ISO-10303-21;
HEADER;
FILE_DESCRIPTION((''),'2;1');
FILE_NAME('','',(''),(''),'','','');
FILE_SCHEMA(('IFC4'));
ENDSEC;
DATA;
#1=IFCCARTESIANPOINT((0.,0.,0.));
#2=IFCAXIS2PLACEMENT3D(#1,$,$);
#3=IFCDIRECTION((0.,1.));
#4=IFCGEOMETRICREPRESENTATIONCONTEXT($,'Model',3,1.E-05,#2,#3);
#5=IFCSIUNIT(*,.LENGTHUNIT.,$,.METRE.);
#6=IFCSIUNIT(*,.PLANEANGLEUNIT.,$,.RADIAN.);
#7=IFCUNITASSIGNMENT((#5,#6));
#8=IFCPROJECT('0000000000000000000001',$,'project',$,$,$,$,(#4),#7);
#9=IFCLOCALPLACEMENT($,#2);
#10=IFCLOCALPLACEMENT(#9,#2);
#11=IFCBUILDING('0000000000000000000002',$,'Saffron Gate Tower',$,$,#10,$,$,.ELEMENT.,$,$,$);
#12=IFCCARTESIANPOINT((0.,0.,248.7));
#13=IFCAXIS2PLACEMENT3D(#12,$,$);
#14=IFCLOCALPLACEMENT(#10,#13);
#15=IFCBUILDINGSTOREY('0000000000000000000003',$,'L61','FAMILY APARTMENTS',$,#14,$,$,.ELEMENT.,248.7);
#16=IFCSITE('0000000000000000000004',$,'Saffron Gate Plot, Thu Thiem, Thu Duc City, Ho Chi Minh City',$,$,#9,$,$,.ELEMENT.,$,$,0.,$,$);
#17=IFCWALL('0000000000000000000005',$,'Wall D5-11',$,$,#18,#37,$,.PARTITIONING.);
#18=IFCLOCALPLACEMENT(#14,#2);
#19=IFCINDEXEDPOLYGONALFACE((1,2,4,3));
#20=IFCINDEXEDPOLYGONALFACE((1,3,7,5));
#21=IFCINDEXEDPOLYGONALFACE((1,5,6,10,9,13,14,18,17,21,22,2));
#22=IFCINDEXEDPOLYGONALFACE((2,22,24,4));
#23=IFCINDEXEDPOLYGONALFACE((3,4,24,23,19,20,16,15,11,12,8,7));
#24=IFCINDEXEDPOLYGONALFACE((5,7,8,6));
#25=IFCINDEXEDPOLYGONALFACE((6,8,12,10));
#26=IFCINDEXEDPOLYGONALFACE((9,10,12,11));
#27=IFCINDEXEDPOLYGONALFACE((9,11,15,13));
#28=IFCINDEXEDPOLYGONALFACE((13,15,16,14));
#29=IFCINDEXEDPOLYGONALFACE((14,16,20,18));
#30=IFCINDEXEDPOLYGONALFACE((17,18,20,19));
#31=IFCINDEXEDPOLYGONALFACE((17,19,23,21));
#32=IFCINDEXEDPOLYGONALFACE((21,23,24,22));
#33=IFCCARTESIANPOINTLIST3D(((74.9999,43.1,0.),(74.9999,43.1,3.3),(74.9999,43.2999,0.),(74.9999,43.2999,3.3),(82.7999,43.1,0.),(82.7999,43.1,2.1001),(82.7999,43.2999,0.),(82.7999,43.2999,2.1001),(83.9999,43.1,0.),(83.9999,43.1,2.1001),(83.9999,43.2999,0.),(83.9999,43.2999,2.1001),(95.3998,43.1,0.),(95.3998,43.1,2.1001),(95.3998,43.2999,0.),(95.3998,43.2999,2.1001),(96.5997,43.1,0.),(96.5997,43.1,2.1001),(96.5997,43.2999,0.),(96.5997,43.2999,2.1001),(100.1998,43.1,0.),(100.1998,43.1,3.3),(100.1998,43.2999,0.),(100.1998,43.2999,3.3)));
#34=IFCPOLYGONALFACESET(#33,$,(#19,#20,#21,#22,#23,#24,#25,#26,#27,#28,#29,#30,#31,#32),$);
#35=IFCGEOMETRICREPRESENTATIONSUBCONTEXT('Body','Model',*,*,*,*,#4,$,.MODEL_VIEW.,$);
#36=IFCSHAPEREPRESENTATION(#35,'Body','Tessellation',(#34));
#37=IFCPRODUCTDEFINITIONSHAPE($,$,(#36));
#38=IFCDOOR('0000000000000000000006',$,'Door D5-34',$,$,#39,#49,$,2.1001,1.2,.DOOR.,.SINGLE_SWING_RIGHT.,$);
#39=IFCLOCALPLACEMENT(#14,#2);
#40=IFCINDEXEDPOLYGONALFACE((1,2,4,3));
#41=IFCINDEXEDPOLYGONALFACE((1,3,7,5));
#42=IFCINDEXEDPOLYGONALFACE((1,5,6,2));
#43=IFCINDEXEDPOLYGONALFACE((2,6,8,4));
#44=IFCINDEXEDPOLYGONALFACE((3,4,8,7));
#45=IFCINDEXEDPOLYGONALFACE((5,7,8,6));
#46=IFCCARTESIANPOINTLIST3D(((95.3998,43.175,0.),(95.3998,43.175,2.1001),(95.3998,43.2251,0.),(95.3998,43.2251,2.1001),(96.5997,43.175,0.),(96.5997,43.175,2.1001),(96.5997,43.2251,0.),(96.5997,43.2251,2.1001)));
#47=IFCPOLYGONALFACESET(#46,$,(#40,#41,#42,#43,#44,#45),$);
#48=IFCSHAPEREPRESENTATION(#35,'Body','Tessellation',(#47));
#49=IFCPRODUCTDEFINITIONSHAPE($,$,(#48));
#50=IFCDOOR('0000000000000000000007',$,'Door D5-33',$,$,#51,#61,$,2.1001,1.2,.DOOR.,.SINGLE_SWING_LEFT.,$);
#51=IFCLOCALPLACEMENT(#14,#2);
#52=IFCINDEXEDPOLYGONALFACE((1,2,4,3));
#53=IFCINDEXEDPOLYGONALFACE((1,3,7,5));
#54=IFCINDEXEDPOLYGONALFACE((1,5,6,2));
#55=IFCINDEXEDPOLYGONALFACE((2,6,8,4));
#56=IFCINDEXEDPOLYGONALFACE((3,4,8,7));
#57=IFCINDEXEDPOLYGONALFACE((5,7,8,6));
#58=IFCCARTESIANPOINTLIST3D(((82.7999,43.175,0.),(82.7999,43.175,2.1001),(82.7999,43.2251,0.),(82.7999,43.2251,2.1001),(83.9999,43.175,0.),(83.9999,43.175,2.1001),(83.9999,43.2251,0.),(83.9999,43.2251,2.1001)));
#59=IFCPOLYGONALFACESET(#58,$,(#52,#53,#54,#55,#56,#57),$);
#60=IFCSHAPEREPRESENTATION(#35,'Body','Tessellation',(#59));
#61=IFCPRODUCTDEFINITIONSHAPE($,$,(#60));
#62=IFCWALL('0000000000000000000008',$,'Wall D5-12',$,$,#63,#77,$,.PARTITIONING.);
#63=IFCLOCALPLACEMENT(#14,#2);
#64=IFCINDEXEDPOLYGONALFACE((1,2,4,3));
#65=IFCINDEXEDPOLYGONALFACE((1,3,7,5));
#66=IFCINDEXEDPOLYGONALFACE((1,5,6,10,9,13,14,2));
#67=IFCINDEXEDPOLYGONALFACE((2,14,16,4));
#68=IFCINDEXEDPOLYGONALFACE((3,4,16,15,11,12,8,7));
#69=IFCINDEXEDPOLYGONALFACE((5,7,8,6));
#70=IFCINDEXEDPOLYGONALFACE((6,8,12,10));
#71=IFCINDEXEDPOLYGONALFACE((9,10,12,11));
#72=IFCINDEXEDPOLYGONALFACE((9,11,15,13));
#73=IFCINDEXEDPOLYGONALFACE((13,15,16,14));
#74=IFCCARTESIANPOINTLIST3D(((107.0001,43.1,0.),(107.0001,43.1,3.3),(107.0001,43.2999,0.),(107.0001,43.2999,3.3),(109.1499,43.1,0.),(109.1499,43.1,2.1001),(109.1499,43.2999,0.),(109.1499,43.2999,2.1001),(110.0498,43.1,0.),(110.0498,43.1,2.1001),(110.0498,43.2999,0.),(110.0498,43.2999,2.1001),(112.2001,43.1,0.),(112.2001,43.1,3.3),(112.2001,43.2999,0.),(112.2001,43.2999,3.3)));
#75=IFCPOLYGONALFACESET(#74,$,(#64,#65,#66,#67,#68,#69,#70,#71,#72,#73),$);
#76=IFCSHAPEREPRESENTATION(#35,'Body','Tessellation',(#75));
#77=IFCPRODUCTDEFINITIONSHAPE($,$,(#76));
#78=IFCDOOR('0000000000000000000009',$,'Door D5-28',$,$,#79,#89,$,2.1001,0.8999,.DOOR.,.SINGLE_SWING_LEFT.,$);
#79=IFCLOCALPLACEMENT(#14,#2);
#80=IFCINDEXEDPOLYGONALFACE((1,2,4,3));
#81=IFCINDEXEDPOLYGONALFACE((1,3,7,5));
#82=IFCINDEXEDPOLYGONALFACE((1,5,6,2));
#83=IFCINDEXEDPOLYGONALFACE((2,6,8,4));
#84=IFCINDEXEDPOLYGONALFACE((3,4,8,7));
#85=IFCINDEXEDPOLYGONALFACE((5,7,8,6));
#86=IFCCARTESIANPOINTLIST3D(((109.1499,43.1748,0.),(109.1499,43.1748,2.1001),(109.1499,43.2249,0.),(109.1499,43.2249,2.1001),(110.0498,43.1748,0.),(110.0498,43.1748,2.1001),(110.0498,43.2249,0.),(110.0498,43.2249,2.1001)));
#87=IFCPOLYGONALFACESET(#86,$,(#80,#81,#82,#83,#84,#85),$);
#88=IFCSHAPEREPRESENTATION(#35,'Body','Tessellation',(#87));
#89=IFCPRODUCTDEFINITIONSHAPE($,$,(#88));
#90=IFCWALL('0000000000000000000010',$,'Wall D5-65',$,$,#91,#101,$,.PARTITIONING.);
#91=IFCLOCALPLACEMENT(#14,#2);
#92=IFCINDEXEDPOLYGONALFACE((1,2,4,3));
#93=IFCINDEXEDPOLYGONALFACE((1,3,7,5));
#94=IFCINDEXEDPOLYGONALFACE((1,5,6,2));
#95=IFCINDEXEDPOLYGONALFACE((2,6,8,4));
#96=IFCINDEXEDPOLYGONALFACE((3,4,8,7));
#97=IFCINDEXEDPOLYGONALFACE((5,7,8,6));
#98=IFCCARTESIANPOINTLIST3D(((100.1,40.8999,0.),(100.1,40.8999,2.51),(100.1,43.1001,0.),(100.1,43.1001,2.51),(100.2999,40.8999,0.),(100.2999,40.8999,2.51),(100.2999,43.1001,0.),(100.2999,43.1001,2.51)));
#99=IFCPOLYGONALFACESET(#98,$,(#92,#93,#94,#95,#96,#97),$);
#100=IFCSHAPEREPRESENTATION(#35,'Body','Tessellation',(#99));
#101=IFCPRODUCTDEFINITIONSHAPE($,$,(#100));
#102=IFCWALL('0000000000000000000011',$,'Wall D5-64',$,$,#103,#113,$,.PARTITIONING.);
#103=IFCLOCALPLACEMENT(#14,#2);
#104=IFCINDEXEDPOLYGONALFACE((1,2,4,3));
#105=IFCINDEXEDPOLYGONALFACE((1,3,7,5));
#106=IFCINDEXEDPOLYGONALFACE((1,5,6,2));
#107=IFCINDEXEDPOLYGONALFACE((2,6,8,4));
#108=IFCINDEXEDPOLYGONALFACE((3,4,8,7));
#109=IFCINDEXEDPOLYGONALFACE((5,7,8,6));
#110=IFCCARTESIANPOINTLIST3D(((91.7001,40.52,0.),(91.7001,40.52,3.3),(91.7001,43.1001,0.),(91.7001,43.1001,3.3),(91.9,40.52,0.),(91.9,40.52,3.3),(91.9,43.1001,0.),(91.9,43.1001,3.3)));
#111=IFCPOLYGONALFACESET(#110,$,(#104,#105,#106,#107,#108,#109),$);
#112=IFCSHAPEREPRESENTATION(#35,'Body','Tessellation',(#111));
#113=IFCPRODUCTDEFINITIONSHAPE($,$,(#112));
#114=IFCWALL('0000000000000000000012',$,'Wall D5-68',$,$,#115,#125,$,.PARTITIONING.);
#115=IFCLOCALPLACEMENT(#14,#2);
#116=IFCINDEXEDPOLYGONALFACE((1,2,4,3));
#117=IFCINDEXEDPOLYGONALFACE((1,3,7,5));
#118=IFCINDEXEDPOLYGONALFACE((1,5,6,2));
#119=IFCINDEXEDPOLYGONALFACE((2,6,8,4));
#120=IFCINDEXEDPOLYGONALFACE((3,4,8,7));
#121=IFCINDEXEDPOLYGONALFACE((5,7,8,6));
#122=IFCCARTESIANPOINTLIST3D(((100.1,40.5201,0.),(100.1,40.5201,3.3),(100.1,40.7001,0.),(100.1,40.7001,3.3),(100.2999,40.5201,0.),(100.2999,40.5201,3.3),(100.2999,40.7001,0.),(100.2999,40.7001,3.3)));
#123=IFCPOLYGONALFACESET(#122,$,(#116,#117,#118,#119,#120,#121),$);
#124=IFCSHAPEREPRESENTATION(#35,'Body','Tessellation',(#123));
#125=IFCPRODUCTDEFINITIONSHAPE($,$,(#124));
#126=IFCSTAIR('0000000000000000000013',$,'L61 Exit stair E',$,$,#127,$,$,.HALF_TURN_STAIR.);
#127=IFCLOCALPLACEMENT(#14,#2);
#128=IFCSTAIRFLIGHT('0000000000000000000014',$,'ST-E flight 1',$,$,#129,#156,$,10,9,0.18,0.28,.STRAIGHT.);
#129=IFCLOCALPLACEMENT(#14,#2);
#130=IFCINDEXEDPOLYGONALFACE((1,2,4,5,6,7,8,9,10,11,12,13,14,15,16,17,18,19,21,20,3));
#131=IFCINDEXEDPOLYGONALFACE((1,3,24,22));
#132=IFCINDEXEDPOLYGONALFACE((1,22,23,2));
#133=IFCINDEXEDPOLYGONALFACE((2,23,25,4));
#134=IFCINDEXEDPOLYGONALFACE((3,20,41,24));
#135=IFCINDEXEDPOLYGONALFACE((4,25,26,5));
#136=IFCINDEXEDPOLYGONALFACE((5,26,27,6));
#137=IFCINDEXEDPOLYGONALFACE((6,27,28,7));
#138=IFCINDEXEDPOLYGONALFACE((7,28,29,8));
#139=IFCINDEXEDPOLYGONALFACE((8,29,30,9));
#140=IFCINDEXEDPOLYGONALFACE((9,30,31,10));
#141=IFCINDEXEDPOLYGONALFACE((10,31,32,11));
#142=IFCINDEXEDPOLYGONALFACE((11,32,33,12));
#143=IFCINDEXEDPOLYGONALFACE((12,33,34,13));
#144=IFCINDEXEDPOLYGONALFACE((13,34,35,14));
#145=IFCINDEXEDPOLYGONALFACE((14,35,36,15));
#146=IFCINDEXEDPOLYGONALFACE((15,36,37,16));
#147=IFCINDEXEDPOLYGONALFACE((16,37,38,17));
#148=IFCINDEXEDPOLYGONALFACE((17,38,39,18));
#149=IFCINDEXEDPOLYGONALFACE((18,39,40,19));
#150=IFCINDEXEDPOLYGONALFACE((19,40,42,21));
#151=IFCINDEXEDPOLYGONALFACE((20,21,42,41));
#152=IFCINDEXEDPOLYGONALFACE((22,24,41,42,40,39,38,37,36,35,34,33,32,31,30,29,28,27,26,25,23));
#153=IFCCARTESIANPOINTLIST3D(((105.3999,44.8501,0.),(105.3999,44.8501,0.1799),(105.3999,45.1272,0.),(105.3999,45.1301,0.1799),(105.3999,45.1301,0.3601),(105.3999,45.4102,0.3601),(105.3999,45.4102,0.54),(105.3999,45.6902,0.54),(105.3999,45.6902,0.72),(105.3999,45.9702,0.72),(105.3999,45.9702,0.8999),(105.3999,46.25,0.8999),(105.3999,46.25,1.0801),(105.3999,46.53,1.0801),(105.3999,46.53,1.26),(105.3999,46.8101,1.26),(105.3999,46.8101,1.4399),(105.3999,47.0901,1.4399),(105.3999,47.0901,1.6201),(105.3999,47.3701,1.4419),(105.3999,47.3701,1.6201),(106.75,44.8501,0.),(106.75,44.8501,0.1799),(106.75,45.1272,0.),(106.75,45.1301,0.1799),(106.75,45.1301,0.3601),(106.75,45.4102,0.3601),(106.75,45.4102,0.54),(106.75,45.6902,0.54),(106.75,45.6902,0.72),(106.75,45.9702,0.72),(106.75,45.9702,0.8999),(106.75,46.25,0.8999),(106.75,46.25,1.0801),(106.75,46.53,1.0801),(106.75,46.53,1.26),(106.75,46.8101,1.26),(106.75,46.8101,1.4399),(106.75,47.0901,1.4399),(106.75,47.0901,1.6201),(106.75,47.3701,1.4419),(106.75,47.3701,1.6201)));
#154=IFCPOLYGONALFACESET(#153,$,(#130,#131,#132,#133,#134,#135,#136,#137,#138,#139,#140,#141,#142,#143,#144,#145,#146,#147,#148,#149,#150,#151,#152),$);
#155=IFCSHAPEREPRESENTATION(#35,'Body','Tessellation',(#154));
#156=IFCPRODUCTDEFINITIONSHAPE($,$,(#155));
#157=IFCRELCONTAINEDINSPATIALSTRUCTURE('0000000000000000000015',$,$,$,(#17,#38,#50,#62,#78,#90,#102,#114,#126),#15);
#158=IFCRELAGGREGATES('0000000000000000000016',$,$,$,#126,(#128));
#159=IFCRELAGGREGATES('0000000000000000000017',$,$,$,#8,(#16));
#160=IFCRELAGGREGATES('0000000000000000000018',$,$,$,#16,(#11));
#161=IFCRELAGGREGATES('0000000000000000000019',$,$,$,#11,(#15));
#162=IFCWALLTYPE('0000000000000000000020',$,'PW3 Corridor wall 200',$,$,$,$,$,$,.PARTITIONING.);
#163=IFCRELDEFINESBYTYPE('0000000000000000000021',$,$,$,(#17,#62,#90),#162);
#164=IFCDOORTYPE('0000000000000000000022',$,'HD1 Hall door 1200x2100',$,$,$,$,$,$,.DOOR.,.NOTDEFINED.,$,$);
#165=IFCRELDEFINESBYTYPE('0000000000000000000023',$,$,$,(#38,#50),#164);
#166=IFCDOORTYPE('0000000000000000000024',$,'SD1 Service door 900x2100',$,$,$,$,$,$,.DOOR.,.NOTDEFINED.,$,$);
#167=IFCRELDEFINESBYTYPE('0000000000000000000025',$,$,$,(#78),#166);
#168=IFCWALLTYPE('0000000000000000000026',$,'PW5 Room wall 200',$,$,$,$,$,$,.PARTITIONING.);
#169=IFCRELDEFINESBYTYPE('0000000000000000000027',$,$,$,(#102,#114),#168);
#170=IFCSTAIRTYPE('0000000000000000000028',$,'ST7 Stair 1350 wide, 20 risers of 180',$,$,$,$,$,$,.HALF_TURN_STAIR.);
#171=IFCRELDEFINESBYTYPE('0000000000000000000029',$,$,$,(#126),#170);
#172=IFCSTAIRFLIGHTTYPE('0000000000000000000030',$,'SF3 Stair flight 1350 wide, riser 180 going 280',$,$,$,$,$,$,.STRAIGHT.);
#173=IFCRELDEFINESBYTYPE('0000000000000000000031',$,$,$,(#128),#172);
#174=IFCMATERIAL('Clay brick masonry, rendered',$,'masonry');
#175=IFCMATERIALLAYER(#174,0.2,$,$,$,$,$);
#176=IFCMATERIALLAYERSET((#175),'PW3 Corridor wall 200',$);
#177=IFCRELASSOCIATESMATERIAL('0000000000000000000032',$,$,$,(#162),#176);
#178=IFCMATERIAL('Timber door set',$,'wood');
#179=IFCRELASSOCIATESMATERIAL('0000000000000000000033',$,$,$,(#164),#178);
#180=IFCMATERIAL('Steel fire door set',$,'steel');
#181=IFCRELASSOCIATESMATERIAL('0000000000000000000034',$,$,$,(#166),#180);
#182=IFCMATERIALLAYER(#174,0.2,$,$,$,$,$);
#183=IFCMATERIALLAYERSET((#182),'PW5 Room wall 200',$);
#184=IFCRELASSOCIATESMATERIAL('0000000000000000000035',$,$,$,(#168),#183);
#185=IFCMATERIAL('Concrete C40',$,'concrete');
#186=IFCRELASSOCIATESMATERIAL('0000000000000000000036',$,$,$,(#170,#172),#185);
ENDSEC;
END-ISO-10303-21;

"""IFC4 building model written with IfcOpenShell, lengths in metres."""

from ifc_helpers import new_model, si_unit, direction, frame, frame_2d, origin, place, context, subcontext, project, spatial, polyline, rectangle, outline, extrude, material, layer, layer_set, type_object, element, fill, aggregate, save


model = new_model("IFC4")

# Units and contexts
model_context = context("Model", 3, precision=1e-05, world=origin(), true_north=direction((0.0, 1.0)))
body_context = subcontext(model_context, "Body", "Model", "MODEL_VIEW")
ifc_project = project(units=[si_unit("LENGTHUNIT", "METRE"), si_unit("PLANEANGLEUNIT", "RADIAN")], contexts=[model_context])

# Site, building, storey
site_placement = place(None, origin())
site = spatial("IfcSite", under=ifc_project, at=site_placement, Name="Saffron Gate Plot, Thu Thiem, Thu Duc City, Ho Chi Minh City", CompositionType="ELEMENT", RefElevation=0.0)
building_placement = place(site_placement, origin())
building = spatial("IfcBuilding", under=site, at=building_placement, Name="Saffron Gate Tower", CompositionType="ELEMENT")
storey_placement = place(building_placement, frame((0.0, 0.0, 248.7)))
storey = spatial("IfcBuildingStorey", under=building, at=storey_placement, Name="L61", Description="FAMILY APARTMENTS", CompositionType="ELEMENT", Elevation=248.7)

# Shared definitions
ifc_material_1 = material(Name="Steel fire door set", Category="steel")

# Shared definitions
ifc_material_2 = material(Name="Clay brick masonry, rendered", Category="masonry")

# Wall, openings, doors
ifc_layer_1 = layer(ifc_material_2, 0.2)
ifc_layer_set_1 = layer_set([ifc_layer_1], Name="PW3 Corridor wall 200")
wall_type_1 = type_object("IfcWallType", Name="PW3 Corridor wall 200", PredefinedType="PARTITIONING", material=ifc_layer_set_1)
wall_1_placement = place(storey_placement, frame((100.2, 43.2, 0.0), z_axis=(0.0, 0.0, 1.0), x_axis=(-1.0, 0.0, 0.0)))
wall_1 = element("IfcWall", 1, at=wall_1_placement, inside=storey, type_object=wall_type_1, Name="Wall D5-11", PredefinedType="PARTITIONING", context=body_context, shape_type="SweptSolid", body=[
    extrude(rectangle(XDim=25.2, YDim=0.2, at=frame_2d((12.6001, 0.0))), origin(), (0.0, 0.0, 1.0), 3.3),
])
opening_1_placement = place(wall_1_placement, frame((3.6001, 0.0, 0.0)))
opening_1 = element("IfcOpeningElement", 2, at=opening_1_placement, cuts=wall_1, PredefinedType="OPENING", context=body_context, shape_type="SweptSolid", body=[
    extrude(rectangle(XDim=1.2, YDim=2.1001, at=frame_2d((0.6001, 1.05))), frame((0.0, 0.1099, 0.0), z_axis=(0.0, -1.0, 0.0), x_axis=(1.0, 0.0, 0.0)), (0.0, 0.0, 1.0), 0.22),
])
opening_2_placement = place(wall_1_placement, frame((16.2, 0.0, 0.0)))
opening_2 = element("IfcOpeningElement", 3, at=opening_2_placement, cuts=wall_1, PredefinedType="OPENING", context=body_context, shape_type="SweptSolid", body=[
    extrude(rectangle(XDim=1.2, YDim=2.1001, at=frame_2d((0.6001, 1.05))), frame((0.0, 0.1099, 0.0), z_axis=(0.0, -1.0, 0.0), x_axis=(1.0, 0.0, 0.0)), (0.0, 0.0, 1.0), 0.22),
])
ifc_material_3 = material(Name="Timber door set", Category="wood")
door_type_1 = type_object("IfcDoorType", Name="HD1 Hall door 1200x2100", OperationType="NOTDEFINED", PredefinedType="DOOR", material=ifc_material_3)
door_1_placement = place(opening_1_placement, origin())
door_1 = element("IfcDoor", 4, at=door_1_placement, inside=storey, type_object=door_type_1, Name="Door D5-34", OperationType="SINGLE_SWING_RIGHT", OverallHeight=2.1001, OverallWidth=1.2, PredefinedType="DOOR", context=body_context, shape_type="SweptSolid", body=[
    extrude(rectangle(XDim=1.2, YDim=2.1001, at=frame_2d((0.6001, 1.05))), frame((0.0, 0.0249, 0.0), z_axis=(0.0, -1.0, 0.0), x_axis=(1.0, 0.0, 0.0)), (0.0, 0.0, 1.0), 0.05),
])
fill(opening_1, door_1)
door_2_placement = place(opening_2_placement, origin())
door_2 = element("IfcDoor", 5, at=door_2_placement, inside=storey, type_object=door_type_1, Name="Door D5-33", OperationType="SINGLE_SWING_LEFT", OverallHeight=2.1001, OverallWidth=1.2, PredefinedType="DOOR", context=body_context, shape_type="SweptSolid", body=[
    extrude(rectangle(XDim=1.2, YDim=2.1001, at=frame_2d((0.6001, 1.05))), frame((0.0, 0.0249, 0.0), z_axis=(0.0, -1.0, 0.0), x_axis=(1.0, 0.0, 0.0)), (0.0, 0.0, 1.0), 0.05),
])
fill(opening_2, door_2)

# Wall, opening, door
wall_2_placement = place(storey_placement, frame((107.0, 43.2, 0.0), z_axis=(0.0, 0.0, 1.0), x_axis=(1.0, 0.0, 0.0)))
wall_2 = element("IfcWall", 6, at=wall_2_placement, inside=storey, type_object=wall_type_1, Name="Wall D5-12", PredefinedType="PARTITIONING", context=body_context, shape_type="SweptSolid", body=[
    extrude(rectangle(XDim=5.2, YDim=0.2, at=frame_2d((2.6001, 0.0))), origin(), (0.0, 0.0, 1.0), 3.3),
])
opening_3_placement = place(wall_2_placement, frame((2.1499, 0.0, 0.0)))
opening_3 = element("IfcOpeningElement", 7, at=opening_3_placement, cuts=wall_2, PredefinedType="OPENING", context=body_context, shape_type="SweptSolid", body=[
    extrude(rectangle(XDim=0.8999, YDim=2.1001, at=frame_2d((0.45, 1.05))), frame((0.0, 0.1099, 0.0), z_axis=(0.0, -1.0, 0.0), x_axis=(1.0, 0.0, 0.0)), (0.0, 0.0, 1.0), 0.22),
])
door_type_2 = type_object("IfcDoorType", Name="SD1 Service door 900x2100", OperationType="NOTDEFINED", PredefinedType="DOOR", material=ifc_material_1)
door_3_placement = place(opening_3_placement, origin())
door_3 = element("IfcDoor", 8, at=door_3_placement, inside=storey, type_object=door_type_2, Name="Door D5-28", OperationType="SINGLE_SWING_LEFT", OverallHeight=2.1001, OverallWidth=0.8999, PredefinedType="DOOR", context=body_context, shape_type="SweptSolid", body=[
    extrude(rectangle(XDim=0.8999, YDim=2.1001, at=frame_2d((0.45, 1.05))), frame((0.0, 0.0249, 0.0), z_axis=(0.0, -1.0, 0.0), x_axis=(1.0, 0.0, 0.0)), (0.0, 0.0, 1.0), 0.05),
])
fill(opening_3, door_3)

# Walls
wall_3_placement = place(storey_placement, frame((100.2, 43.1001, 0.0), z_axis=(0.0, 0.0, 1.0), x_axis=(0.0, -1.0, 0.0)))
element("IfcWall", 9, at=wall_3_placement, inside=storey, type_object=wall_type_1, Name="Wall D5-65", PredefinedType="PARTITIONING", context=body_context, shape_type="SweptSolid", body=[
    extrude(rectangle(XDim=2.2002, YDim=0.2, at=frame_2d((1.1001, 0.0))), origin(), (0.0, 0.0, 1.0), 2.51),
])
ifc_layer_2 = layer(ifc_material_2, 0.2)
ifc_layer_set_2 = layer_set([ifc_layer_2], Name="PW5 Room wall 200")
wall_type_2 = type_object("IfcWallType", Name="PW5 Room wall 200", PredefinedType="PARTITIONING", material=ifc_layer_set_2)
wall_4_placement = place(storey_placement, frame((91.8, 43.1001, 0.0), z_axis=(0.0, 0.0, 1.0), x_axis=(0.0, -1.0, 0.0)))
element("IfcWall", 10, at=wall_4_placement, inside=storey, type_object=wall_type_2, Name="Wall D5-64", PredefinedType="PARTITIONING", context=body_context, shape_type="SweptSolid", body=[
    extrude(rectangle(XDim=2.5801, YDim=0.2, at=frame_2d((1.29, 0.0))), origin(), (0.0, 0.0, 1.0), 3.3),
])
wall_5_placement = place(storey_placement, frame((100.2, 40.7, 0.0), z_axis=(0.0, 0.0, 1.0), x_axis=(0.0, -1.0, 0.0)))
element("IfcWall", 11, at=wall_5_placement, inside=storey, type_object=wall_type_2, Name="Wall D5-68", PredefinedType="PARTITIONING", context=body_context, shape_type="SweptSolid", body=[
    extrude(rectangle(XDim=0.1799, YDim=0.2, at=frame_2d((0.0898, 0.0))), origin(), (0.0, 0.0, 1.0), 3.3),
])

# Stair, stair flight
ifc_material_4 = material(Name="Concrete C40", Category="concrete")
stair_type = type_object("IfcStairType", Name="ST7 Stair 1350 wide, 20 risers of 180", PredefinedType="HALF_TURN_STAIR", material=ifc_material_4)
stair_placement = place(storey_placement, origin())
stair = element("IfcStair", 12, at=stair_placement, inside=storey, type_object=stair_type, Name="L61 Exit stair E", PredefinedType="HALF_TURN_STAIR")
stair_flight_type = type_object("IfcStairFlightType", Name="SF3 Stair flight 1350 wide, riser 180 going 280", PredefinedType="STRAIGHT", material=ifc_material_4)
stair_flight_1_placement = place(storey_placement, frame((106.075, 44.8501, 0.0), z_axis=(0.0, 0.0, 1.0), x_axis=(0.0, 1.0, 0.0)))
stair_flight_1 = element("IfcStairFlight", 13, at=stair_flight_1_placement, type_object=stair_flight_type, Name="ST-E flight 1", NumberOfRisers=10, NumberOfTreads=9, PredefinedType="STRAIGHT", RiserHeight=0.18, TreadLength=0.28, context=body_context, shape_type="SweptSolid", body=[
    extrude(outline(polyline([(0.0, 0.0), (0.0, 0.1799), (0.28, 0.1799), (0.28, 0.3601), (0.5601, 0.3601), (0.5601, 0.54), (0.8401, 0.54), (0.8401, 0.72), (1.1201, 0.72), (1.1201, 0.8999), (1.3999, 0.8999), (1.3999, 1.0801), (1.6799, 1.0801), (1.6799, 1.26), (1.96, 1.26), (1.96, 1.4399), (2.24, 1.4399), (2.24, 1.6201), (2.52, 1.6201), (2.52, 1.8), (2.52, 1.4419), (0.2771, 0.0), (0.0, 0.0)])), frame((0.0, 0.675, 0.0), z_axis=(0.0, -1.0, 0.0), x_axis=(1.0, 0.0, 0.0)), (0.0, 0.0, 1.0), 1.3501),
])
aggregate(stair, [stair_flight_1])

save(model, "model.ifc")
